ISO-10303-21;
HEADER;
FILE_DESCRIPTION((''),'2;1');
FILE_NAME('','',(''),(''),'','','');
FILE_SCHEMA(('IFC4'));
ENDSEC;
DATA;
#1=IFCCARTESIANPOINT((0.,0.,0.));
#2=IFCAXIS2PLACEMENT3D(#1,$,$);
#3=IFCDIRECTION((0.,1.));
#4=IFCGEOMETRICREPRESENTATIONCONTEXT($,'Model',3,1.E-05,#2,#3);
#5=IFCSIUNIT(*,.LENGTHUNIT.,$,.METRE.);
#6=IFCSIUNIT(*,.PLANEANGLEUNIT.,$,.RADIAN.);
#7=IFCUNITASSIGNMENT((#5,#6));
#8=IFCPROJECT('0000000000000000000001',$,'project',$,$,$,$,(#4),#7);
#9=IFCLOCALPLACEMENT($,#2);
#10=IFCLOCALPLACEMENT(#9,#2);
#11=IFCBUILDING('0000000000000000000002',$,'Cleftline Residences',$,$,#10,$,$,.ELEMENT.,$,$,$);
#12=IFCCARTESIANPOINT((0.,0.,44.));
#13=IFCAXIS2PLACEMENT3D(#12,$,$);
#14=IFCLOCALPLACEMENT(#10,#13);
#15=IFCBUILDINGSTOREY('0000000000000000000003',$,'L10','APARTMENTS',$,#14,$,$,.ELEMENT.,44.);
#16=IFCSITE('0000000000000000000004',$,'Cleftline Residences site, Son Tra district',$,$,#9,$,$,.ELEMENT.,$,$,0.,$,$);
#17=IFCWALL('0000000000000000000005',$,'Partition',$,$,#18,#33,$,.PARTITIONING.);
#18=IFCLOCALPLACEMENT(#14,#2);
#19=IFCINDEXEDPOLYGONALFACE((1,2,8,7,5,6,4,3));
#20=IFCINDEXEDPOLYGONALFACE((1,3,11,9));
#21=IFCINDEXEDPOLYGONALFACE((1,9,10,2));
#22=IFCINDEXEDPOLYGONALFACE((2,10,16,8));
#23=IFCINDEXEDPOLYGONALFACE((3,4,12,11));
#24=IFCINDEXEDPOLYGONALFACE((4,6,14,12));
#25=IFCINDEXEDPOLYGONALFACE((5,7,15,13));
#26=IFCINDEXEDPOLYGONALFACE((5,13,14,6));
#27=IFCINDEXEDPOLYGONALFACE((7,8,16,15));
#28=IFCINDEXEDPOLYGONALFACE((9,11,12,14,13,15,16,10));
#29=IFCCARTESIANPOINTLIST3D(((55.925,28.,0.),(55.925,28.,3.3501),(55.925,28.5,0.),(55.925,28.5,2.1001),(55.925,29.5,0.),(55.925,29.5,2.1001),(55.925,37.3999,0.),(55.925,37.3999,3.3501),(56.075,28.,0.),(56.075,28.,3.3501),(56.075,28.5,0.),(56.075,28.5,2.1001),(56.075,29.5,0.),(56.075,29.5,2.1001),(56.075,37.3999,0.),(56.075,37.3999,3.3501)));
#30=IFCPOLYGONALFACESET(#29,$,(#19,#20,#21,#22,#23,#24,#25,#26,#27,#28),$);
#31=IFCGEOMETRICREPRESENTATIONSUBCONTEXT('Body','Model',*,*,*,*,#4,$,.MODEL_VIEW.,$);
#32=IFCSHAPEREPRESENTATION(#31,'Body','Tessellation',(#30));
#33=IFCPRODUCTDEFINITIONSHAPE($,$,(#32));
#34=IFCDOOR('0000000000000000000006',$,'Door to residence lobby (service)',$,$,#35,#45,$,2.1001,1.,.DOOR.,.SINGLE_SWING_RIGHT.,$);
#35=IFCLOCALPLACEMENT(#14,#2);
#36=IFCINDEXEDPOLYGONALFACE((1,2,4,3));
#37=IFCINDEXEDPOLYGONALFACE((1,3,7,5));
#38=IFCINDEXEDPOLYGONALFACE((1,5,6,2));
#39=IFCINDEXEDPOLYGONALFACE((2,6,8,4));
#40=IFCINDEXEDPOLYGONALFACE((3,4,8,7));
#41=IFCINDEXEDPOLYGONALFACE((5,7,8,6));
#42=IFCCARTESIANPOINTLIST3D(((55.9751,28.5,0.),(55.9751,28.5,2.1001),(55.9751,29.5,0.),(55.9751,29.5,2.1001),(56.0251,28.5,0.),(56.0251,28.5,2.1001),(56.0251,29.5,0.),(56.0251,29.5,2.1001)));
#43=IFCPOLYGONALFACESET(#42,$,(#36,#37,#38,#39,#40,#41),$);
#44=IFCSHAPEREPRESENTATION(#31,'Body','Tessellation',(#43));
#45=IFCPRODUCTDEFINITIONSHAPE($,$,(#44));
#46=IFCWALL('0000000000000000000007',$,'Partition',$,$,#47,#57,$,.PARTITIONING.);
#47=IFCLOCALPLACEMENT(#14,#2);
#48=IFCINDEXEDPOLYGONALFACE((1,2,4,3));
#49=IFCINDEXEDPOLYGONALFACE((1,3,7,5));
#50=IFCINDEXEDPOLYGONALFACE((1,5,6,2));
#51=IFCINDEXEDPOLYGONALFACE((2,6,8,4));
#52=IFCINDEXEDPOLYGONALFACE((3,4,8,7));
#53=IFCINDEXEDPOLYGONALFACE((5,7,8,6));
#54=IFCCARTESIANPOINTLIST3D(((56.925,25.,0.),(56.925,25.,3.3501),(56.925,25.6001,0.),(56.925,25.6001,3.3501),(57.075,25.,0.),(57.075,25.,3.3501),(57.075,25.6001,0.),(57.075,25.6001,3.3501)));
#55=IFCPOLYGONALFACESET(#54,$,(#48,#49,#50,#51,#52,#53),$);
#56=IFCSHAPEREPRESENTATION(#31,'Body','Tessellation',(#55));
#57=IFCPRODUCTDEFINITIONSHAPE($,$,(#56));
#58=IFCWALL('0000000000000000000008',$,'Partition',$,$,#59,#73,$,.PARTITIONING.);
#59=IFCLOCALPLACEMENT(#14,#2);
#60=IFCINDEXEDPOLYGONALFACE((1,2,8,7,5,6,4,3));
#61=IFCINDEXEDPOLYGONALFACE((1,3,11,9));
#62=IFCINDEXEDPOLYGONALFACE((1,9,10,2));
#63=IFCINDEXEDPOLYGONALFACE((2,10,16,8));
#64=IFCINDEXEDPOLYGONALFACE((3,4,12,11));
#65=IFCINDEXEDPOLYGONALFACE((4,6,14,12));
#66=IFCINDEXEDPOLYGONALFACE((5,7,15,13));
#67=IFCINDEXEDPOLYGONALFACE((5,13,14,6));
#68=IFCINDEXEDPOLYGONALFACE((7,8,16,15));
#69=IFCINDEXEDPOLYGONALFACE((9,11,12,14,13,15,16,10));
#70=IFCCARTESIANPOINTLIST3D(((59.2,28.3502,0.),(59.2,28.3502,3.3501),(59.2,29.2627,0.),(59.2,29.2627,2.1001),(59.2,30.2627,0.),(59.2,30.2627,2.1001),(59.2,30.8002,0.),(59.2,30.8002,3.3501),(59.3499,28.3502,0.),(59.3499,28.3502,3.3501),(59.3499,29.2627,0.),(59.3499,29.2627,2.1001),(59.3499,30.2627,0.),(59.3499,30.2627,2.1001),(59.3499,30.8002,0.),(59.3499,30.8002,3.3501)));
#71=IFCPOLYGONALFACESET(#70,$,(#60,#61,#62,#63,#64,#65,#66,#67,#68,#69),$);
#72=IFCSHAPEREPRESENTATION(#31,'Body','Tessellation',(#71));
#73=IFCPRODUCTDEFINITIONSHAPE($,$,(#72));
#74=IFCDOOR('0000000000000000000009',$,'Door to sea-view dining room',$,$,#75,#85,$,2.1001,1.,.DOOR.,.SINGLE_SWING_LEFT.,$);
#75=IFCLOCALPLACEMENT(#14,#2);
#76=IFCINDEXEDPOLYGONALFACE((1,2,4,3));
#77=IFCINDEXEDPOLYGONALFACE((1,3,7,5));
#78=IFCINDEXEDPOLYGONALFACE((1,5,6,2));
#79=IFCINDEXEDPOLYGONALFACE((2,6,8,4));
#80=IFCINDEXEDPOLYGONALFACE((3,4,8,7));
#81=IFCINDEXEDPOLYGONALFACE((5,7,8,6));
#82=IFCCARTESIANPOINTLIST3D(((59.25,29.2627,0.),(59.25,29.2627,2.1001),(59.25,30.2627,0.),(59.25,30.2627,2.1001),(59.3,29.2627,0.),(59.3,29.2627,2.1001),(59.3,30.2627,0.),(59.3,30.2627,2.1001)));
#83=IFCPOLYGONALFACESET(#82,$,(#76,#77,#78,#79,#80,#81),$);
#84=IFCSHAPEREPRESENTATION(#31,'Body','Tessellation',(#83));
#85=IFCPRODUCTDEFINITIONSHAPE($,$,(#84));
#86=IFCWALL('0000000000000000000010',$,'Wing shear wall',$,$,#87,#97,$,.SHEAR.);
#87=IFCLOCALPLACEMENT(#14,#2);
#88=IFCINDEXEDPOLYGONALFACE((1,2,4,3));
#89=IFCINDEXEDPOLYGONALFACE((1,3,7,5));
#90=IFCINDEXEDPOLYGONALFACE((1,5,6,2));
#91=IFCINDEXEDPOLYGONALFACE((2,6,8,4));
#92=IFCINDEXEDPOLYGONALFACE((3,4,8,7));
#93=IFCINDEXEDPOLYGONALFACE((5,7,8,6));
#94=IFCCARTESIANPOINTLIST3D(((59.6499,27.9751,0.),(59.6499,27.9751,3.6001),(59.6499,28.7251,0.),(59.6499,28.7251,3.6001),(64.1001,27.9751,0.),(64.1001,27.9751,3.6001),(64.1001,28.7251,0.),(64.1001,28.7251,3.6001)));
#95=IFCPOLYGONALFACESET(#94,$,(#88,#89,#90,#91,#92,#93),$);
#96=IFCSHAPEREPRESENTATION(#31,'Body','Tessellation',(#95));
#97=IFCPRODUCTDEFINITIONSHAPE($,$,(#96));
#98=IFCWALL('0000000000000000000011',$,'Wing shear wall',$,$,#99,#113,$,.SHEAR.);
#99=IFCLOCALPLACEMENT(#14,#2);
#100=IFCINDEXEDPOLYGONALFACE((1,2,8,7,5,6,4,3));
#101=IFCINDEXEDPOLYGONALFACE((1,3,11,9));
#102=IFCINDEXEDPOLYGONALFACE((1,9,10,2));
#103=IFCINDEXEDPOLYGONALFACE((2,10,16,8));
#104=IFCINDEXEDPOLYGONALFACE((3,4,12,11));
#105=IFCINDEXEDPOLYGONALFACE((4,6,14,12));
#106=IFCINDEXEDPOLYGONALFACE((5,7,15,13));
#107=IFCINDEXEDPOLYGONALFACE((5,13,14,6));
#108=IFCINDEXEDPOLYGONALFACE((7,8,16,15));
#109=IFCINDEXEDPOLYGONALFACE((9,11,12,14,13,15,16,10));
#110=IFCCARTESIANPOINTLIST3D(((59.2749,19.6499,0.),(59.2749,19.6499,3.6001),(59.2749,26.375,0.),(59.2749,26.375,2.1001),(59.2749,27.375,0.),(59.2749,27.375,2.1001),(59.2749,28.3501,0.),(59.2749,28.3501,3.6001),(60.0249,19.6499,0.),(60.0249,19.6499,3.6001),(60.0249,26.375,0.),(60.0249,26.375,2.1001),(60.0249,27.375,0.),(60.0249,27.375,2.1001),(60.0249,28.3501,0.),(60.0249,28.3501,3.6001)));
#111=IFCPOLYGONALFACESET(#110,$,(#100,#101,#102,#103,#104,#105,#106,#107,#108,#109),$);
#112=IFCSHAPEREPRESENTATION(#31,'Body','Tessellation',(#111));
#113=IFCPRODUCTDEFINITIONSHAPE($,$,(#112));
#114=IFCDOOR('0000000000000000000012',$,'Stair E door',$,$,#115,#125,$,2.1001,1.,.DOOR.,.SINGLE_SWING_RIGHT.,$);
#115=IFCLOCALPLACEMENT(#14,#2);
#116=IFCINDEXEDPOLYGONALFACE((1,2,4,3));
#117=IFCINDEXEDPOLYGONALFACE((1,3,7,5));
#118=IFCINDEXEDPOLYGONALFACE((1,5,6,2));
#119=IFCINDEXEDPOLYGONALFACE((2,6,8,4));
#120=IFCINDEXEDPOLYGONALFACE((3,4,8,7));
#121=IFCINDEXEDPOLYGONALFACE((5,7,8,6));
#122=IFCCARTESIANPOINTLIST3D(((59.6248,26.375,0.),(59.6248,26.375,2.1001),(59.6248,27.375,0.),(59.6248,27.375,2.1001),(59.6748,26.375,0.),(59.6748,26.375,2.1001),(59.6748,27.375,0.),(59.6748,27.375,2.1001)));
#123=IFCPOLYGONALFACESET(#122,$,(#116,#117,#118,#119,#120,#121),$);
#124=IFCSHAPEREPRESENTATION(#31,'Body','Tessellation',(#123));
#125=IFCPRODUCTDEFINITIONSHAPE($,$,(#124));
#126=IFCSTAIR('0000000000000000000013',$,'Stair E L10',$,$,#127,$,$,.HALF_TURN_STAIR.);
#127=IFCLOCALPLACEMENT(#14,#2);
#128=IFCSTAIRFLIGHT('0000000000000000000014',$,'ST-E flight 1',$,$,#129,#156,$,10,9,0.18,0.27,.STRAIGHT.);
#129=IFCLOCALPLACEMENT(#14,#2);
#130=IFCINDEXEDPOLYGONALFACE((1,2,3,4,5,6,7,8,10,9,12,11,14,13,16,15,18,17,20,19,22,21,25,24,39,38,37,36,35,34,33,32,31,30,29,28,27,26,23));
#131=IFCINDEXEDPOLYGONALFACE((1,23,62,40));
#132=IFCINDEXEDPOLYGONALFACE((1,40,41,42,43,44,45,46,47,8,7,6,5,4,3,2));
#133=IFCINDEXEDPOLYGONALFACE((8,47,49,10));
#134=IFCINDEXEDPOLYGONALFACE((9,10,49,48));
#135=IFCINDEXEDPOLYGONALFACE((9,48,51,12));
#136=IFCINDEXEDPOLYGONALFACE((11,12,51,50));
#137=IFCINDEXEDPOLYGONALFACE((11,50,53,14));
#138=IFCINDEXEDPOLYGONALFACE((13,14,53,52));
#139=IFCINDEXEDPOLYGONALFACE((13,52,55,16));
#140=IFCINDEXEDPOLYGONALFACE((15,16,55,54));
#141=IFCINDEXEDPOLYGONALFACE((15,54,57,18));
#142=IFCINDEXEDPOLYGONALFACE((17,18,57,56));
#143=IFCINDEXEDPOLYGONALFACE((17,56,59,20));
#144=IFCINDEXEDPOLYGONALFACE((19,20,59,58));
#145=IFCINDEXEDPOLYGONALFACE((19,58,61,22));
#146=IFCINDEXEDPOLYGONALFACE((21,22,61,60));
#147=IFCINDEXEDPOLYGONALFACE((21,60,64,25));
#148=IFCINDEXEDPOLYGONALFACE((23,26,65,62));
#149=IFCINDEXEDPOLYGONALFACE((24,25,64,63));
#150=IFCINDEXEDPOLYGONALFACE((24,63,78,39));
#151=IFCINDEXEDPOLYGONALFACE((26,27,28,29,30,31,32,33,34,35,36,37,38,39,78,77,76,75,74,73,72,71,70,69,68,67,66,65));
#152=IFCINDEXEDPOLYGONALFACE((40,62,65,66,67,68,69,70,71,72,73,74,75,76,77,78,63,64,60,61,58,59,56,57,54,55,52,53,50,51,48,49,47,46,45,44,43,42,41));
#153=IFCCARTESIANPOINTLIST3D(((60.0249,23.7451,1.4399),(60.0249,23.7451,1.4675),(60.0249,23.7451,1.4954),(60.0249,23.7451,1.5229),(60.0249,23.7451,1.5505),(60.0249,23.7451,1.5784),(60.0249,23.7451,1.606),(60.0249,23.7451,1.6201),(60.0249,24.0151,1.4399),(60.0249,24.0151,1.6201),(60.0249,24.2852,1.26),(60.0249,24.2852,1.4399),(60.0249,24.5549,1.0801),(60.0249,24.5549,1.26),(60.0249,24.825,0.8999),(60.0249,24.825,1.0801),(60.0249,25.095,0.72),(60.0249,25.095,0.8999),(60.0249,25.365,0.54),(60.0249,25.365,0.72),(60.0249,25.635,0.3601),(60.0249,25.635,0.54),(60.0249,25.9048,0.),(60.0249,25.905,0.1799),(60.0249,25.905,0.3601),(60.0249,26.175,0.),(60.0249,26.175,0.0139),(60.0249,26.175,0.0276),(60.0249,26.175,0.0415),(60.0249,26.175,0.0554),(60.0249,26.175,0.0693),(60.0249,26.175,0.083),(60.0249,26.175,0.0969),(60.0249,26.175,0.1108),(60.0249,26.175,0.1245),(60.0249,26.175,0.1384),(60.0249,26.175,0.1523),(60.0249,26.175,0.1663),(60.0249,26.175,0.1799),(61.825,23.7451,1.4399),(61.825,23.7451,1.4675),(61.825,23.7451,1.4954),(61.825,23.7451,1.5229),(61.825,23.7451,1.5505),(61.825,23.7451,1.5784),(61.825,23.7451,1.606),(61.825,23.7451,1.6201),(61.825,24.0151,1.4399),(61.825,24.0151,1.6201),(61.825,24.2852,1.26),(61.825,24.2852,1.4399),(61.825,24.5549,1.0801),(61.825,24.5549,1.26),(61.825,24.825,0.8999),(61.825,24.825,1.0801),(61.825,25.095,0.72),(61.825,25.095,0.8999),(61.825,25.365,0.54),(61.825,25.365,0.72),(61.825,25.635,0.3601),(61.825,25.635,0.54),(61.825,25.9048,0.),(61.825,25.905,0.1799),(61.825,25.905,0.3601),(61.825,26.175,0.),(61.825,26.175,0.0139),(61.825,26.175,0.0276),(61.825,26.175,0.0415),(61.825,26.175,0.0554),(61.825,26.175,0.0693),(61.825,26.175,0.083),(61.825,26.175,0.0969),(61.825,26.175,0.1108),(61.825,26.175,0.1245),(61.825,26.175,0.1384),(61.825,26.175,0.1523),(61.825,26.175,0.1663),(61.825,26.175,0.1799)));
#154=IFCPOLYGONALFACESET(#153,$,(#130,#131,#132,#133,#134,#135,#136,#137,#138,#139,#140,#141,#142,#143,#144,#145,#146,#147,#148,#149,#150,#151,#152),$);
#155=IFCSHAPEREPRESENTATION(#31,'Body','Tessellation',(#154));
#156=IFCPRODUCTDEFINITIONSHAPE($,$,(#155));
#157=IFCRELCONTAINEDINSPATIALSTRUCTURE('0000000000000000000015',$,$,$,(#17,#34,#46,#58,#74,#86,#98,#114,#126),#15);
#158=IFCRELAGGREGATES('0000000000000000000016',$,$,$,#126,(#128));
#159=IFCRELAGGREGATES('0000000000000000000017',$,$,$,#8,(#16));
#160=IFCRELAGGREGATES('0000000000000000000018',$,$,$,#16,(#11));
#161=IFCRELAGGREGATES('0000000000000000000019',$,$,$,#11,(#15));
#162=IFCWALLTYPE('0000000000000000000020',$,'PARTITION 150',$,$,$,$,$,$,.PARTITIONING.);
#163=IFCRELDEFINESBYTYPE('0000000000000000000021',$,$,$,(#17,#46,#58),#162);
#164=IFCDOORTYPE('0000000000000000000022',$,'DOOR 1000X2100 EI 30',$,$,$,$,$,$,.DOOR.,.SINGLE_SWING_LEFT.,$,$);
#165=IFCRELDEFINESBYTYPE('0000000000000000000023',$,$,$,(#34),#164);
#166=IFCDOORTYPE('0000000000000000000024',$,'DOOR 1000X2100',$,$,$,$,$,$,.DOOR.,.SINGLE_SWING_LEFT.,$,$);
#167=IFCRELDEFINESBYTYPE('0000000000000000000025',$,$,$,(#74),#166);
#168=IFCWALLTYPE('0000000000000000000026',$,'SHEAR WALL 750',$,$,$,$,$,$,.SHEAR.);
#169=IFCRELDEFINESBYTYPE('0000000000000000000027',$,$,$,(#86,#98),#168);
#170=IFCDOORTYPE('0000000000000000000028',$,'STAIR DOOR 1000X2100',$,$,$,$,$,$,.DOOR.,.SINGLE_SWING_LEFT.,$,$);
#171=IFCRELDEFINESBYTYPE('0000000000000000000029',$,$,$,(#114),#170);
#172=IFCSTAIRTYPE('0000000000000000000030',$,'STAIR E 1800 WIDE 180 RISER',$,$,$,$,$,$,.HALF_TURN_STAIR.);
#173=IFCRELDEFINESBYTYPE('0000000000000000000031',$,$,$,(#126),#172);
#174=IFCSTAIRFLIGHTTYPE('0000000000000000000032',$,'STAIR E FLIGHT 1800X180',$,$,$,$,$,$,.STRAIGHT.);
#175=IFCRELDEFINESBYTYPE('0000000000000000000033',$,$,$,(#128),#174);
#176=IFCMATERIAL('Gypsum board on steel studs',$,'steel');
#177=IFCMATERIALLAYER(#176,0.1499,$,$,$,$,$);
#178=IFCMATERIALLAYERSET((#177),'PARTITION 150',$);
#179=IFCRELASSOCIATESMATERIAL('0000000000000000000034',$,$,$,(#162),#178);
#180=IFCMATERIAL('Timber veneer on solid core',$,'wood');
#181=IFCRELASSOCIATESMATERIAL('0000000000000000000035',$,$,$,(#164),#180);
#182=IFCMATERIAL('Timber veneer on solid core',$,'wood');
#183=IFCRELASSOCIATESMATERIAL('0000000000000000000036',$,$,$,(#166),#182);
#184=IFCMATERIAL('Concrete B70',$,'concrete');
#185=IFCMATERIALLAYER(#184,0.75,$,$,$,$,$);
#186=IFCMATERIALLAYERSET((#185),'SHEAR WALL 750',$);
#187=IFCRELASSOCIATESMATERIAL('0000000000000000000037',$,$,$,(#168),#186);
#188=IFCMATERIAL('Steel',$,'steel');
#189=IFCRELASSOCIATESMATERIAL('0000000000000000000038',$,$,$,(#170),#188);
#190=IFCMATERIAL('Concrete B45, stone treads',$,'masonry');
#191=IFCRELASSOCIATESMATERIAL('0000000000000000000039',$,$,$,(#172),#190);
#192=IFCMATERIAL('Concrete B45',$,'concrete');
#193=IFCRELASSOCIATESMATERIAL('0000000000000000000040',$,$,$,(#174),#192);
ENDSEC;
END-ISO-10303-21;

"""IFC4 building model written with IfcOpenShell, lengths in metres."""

from ifc_helpers import new_model, si_unit, direction, frame, frame_2d, origin, place, context, subcontext, project, spatial, polyline, rectangle, outline, extrude, material, layer, layer_set, type_object, element, fill, aggregate, save


model = new_model("IFC4")

# Units and contexts
model_context = context("Model", 3, precision=1e-05, world=origin(), true_north=direction((0.0, 1.0)))
body_context = subcontext(model_context, "Body", "Model", "MODEL_VIEW")
ifc_project = project(units=[si_unit("LENGTHUNIT", "METRE"), si_unit("PLANEANGLEUNIT", "RADIAN")], contexts=[model_context])

# Site, building, storey
site_placement = place(None, origin())
site = spatial("IfcSite", under=ifc_project, at=site_placement, Name="Cleftline Residences site, Son Tra district", CompositionType="ELEMENT", RefElevation=0.0)
building_placement = place(site_placement, origin())
building = spatial("IfcBuilding", under=site, at=building_placement, Name="Cleftline Residences", CompositionType="ELEMENT")
storey_placement = place(building_placement, frame((0.0, 0.0, 44.0)))
storey = spatial("IfcBuildingStorey", under=building, at=storey_placement, Name="L10", Description="APARTMENTS", CompositionType="ELEMENT", Elevation=44.0)

# Shared definitions
ifc_material_1 = material(Name="Gypsum board on steel studs", Category="steel")
ifc_layer_1 = layer(ifc_material_1, 0.1499)
ifc_layer_set_1 = layer_set([ifc_layer_1], Name="PARTITION 150")
wall_type_1 = type_object("IfcWallType", Name="PARTITION 150", PredefinedType="PARTITIONING", material=ifc_layer_set_1)

# Wall, opening, door
wall_1_placement = place(storey_placement, frame((56.0, 28.0, 0.0), z_axis=(0.0, 0.0, 1.0), x_axis=(0.0, 1.0, 0.0)))
wall_1 = element("IfcWall", 1, at=wall_1_placement, inside=storey, type_object=wall_type_1, Name="Partition", PredefinedType="PARTITIONING", context=body_context, shape_type="SweptSolid", body=[
    extrude(rectangle(XDim=9.3999, YDim=0.1499, at=frame_2d((4.7, 0.0))), origin(), (0.0, 0.0, 1.0), 3.3501),
])
opening_1_placement = place(wall_1_placement, frame((0.5, 0.0, 0.0)))
opening_1 = element("IfcOpeningElement", 2, at=opening_1_placement, cuts=wall_1, PredefinedType="OPENING", context=body_context, shape_type="SweptSolid", body=[
    extrude(rectangle(XDim=1.0, YDim=2.1001, at=frame_2d((0.5, 1.05))), frame((0.0, 0.085, 0.0), z_axis=(0.0, -1.0, 0.0), x_axis=(1.0, 0.0, 0.0)), (0.0, 0.0, 1.0), 0.1699),
])
ifc_material_2 = material(Name="Timber veneer on solid core", Category="wood")
door_type_1 = type_object("IfcDoorType", Name="DOOR 1000X2100 EI 30", OperationType="SINGLE_SWING_LEFT", PredefinedType="DOOR", material=ifc_material_2)
door_1_placement = place(opening_1_placement, origin())
door_1 = element("IfcDoor", 3, at=door_1_placement, inside=storey, type_object=door_type_1, Name="Door to residence lobby (service)", OperationType="SINGLE_SWING_RIGHT", OverallHeight=2.1001, OverallWidth=1.0, PredefinedType="DOOR", context=body_context, shape_type="SweptSolid", body=[
    extrude(rectangle(XDim=1.0, YDim=2.1001, at=frame_2d((0.5, 1.05))), frame((0.0, 0.0249, 0.0), z_axis=(0.0, -1.0, 0.0), x_axis=(1.0, 0.0, 0.0)), (0.0, 0.0, 1.0), 0.05),
])
fill(opening_1, door_1)

# Wall
wall_2_placement = place(storey_placement, frame((57.0, 25.0, 0.0), z_axis=(0.0, 0.0, 1.0), x_axis=(0.0, 1.0, 0.0)))
element("IfcWall", 4, at=wall_2_placement, inside=storey, type_object=wall_type_1, Name="Partition", PredefinedType="PARTITIONING", context=body_context, shape_type="SweptSolid", body=[
    extrude(rectangle(XDim=0.6001, YDim=0.1499, at=frame_2d((0.3, 0.0))), origin(), (0.0, 0.0, 1.0), 3.3501),
])

# Wall, opening, door
wall_3_placement = place(storey_placement, frame((59.2749, 28.3501, 0.0), z_axis=(0.0, 0.0, 1.0), x_axis=(0.0, 1.0, 0.0)))
wall_3 = element("IfcWall", 5, at=wall_3_placement, inside=storey, type_object=wall_type_1, Name="Partition", PredefinedType="PARTITIONING", context=body_context, shape_type="SweptSolid", body=[
    extrude(rectangle(XDim=2.45, YDim=0.1499, at=frame_2d((1.2251, 0.0))), origin(), (0.0, 0.0, 1.0), 3.3501),
])
opening_2_placement = place(wall_3_placement, frame((0.9126, 0.0, 0.0)))
opening_2 = element("IfcOpeningElement", 6, at=opening_2_placement, cuts=wall_3, PredefinedType="OPENING", context=body_context, shape_type="SweptSolid", body=[
    extrude(rectangle(XDim=1.0, YDim=2.1001, at=frame_2d((0.5, 1.05))), frame((0.0, 0.085, 0.0), z_axis=(0.0, -1.0, 0.0), x_axis=(1.0, 0.0, 0.0)), (0.0, 0.0, 1.0), 0.1699),
])
ifc_material_3 = material(Name="Timber veneer on solid core", Category="wood")
door_type_2 = type_object("IfcDoorType", Name="DOOR 1000X2100", OperationType="SINGLE_SWING_LEFT", PredefinedType="DOOR", material=ifc_material_3)
door_2_placement = place(opening_2_placement, origin())
door_2 = element("IfcDoor", 7, at=door_2_placement, inside=storey, type_object=door_type_2, Name="Door to sea-view dining room", OperationType="SINGLE_SWING_LEFT", OverallHeight=2.1001, OverallWidth=1.0, PredefinedType="DOOR", context=body_context, shape_type="SweptSolid", body=[
    extrude(rectangle(XDim=1.0, YDim=2.1001, at=frame_2d((0.5, 1.05))), frame((0.0, 0.0249, 0.0), z_axis=(0.0, -1.0, 0.0), x_axis=(1.0, 0.0, 0.0)), (0.0, 0.0, 1.0), 0.05),
])
fill(opening_2, door_2)

# Wall
ifc_material_4 = material(Name="Concrete B70", Category="concrete")
ifc_layer_2 = layer(ifc_material_4, 0.75)
ifc_layer_set_2 = layer_set([ifc_layer_2], Name="SHEAR WALL 750")
wall_type_2 = type_object("IfcWallType", Name="SHEAR WALL 750", PredefinedType="SHEAR", material=ifc_layer_set_2)
wall_4_placement = place(storey_placement, frame((64.1001, 28.3501, 0.0), z_axis=(0.0, 0.0, 1.0), x_axis=(-1.0, 0.0, 0.0)))
element("IfcWall", 8, at=wall_4_placement, inside=storey, type_object=wall_type_2, Name="Wing shear wall", PredefinedType="SHEAR", context=body_context, shape_type="SweptSolid", body=[
    extrude(rectangle(XDim=4.4502, YDim=0.75, at=frame_2d((2.2251, 0.0))), origin(), (0.0, 0.0, 1.0), 3.6001),
])

# Wall, opening, door
wall_5_placement = place(storey_placement, frame((59.6499, 28.3501, 0.0), z_axis=(0.0, 0.0, 1.0), x_axis=(0.0, -1.0, 0.0)))
wall_5 = element("IfcWall", 9, at=wall_5_placement, inside=storey, type_object=wall_type_2, Name="Wing shear wall", PredefinedType="SHEAR", context=body_context, shape_type="SweptSolid", body=[
    extrude(rectangle(XDim=8.7002, YDim=0.75, at=frame_2d((4.3501, 0.0))), origin(), (0.0, 0.0, 1.0), 3.6001),
])
opening_3_placement = place(wall_5_placement, frame((0.9751, 0.0, 0.0)))
opening_3 = element("IfcOpeningElement", 10, at=opening_3_placement, cuts=wall_5, PredefinedType="OPENING", context=body_context, shape_type="SweptSolid", body=[
    extrude(rectangle(XDim=1.0, YDim=2.1001, at=frame_2d((0.5, 1.05))), frame((0.0, 0.385, 0.0), z_axis=(0.0, -1.0, 0.0), x_axis=(1.0, 0.0, 0.0)), (0.0, 0.0, 1.0), 0.77),
])
ifc_material_5 = material(Name="Steel", Category="steel")
door_type_3 = type_object("IfcDoorType", Name="STAIR DOOR 1000X2100", OperationType="SINGLE_SWING_LEFT", PredefinedType="DOOR", material=ifc_material_5)
door_3_placement = place(opening_3_placement, origin())
door_3 = element("IfcDoor", 11, at=door_3_placement, inside=storey, type_object=door_type_3, Name="Stair E door", OperationType="SINGLE_SWING_RIGHT", OverallHeight=2.1001, OverallWidth=1.0, PredefinedType="DOOR", context=body_context, shape_type="SweptSolid", body=[
    extrude(rectangle(XDim=1.0, YDim=2.1001, at=frame_2d((0.5, 1.05))), frame((0.0, 0.0249, 0.0), z_axis=(0.0, -1.0, 0.0), x_axis=(1.0, 0.0, 0.0)), (0.0, 0.0, 1.0), 0.05),
])
fill(opening_3, door_3)

# Stair, stair flight
ifc_material_6 = material(Name="Concrete B45, stone treads", Category="masonry")
stair_type = type_object("IfcStairType", Name="STAIR E 1800 WIDE 180 RISER", PredefinedType="HALF_TURN_STAIR", material=ifc_material_6)
stair_placement = place(storey_placement, origin())
stair = element("IfcStair", 12, at=stair_placement, inside=storey, type_object=stair_type, Name="Stair E L10", PredefinedType="HALF_TURN_STAIR")
ifc_material_7 = material(Name="Concrete B45", Category="concrete")
stair_flight_type = type_object("IfcStairFlightType", Name="STAIR E FLIGHT 1800X180", PredefinedType="STRAIGHT", material=ifc_material_7)
stair_flight_placement = place(storey_placement, frame((60.925, 26.175, 0.0), z_axis=(0.0, 0.0, 1.0), x_axis=(0.0, -1.0, 0.0)))
stair_flight = element("IfcStairFlight", 13, at=stair_flight_placement, type_object=stair_flight_type, Name="ST-E flight 1", NumberOfRisers=10, NumberOfTreads=9, PredefinedType="STRAIGHT", RiserHeight=0.18, TreadLength=0.27, context=body_context, shape_type="SweptSolid", body=[
    extrude(outline(polyline([(0.0, 0.0), (0.0, 0.0139), (0.0, 0.0276), (0.0, 0.0415), (0.0, 0.0554), (0.0, 0.0693), (0.0, 0.083), (0.0, 0.0969), (0.0, 0.1108), (0.0, 0.1245), (0.0, 0.1384), (0.0, 0.1523), (0.0, 0.1663), (0.0, 0.1799), (0.27, 0.1799), (0.27, 0.3601), (0.54, 0.3601), (0.54, 0.54), (0.8101, 0.54), (0.8101, 0.72), (1.0801, 0.72), (1.0801, 0.8999), (1.3501, 0.8999), (1.3501, 1.0801), (1.6201, 1.0801), (1.6201, 1.26), (1.8899, 1.26), (1.8899, 1.4399), (2.1599, 1.4399), (2.1599, 1.6201), (2.4299, 1.6201), (2.4299, 1.8), (2.4299, 1.7722), (2.4299, 1.7446), (2.4299, 1.7168), (2.4299, 1.6892), (2.4299, 1.6614), (2.4299, 1.6338), (2.4299, 1.606), (2.4299, 1.5784), (2.4299, 1.5505), (2.4299, 1.5229), (2.4299, 1.4954), (2.4299, 1.4675), (2.4299, 1.4399), (0.2703, 0.0), (0.0, 0.0)])), frame((0.0, 0.8999, 0.0), z_axis=(0.0, -1.0, 0.0), x_axis=(1.0, 0.0, 0.0)), (0.0, 0.0, 1.0), 1.8),
])
aggregate(stair, [stair_flight])

save(model, "model.ifc")
